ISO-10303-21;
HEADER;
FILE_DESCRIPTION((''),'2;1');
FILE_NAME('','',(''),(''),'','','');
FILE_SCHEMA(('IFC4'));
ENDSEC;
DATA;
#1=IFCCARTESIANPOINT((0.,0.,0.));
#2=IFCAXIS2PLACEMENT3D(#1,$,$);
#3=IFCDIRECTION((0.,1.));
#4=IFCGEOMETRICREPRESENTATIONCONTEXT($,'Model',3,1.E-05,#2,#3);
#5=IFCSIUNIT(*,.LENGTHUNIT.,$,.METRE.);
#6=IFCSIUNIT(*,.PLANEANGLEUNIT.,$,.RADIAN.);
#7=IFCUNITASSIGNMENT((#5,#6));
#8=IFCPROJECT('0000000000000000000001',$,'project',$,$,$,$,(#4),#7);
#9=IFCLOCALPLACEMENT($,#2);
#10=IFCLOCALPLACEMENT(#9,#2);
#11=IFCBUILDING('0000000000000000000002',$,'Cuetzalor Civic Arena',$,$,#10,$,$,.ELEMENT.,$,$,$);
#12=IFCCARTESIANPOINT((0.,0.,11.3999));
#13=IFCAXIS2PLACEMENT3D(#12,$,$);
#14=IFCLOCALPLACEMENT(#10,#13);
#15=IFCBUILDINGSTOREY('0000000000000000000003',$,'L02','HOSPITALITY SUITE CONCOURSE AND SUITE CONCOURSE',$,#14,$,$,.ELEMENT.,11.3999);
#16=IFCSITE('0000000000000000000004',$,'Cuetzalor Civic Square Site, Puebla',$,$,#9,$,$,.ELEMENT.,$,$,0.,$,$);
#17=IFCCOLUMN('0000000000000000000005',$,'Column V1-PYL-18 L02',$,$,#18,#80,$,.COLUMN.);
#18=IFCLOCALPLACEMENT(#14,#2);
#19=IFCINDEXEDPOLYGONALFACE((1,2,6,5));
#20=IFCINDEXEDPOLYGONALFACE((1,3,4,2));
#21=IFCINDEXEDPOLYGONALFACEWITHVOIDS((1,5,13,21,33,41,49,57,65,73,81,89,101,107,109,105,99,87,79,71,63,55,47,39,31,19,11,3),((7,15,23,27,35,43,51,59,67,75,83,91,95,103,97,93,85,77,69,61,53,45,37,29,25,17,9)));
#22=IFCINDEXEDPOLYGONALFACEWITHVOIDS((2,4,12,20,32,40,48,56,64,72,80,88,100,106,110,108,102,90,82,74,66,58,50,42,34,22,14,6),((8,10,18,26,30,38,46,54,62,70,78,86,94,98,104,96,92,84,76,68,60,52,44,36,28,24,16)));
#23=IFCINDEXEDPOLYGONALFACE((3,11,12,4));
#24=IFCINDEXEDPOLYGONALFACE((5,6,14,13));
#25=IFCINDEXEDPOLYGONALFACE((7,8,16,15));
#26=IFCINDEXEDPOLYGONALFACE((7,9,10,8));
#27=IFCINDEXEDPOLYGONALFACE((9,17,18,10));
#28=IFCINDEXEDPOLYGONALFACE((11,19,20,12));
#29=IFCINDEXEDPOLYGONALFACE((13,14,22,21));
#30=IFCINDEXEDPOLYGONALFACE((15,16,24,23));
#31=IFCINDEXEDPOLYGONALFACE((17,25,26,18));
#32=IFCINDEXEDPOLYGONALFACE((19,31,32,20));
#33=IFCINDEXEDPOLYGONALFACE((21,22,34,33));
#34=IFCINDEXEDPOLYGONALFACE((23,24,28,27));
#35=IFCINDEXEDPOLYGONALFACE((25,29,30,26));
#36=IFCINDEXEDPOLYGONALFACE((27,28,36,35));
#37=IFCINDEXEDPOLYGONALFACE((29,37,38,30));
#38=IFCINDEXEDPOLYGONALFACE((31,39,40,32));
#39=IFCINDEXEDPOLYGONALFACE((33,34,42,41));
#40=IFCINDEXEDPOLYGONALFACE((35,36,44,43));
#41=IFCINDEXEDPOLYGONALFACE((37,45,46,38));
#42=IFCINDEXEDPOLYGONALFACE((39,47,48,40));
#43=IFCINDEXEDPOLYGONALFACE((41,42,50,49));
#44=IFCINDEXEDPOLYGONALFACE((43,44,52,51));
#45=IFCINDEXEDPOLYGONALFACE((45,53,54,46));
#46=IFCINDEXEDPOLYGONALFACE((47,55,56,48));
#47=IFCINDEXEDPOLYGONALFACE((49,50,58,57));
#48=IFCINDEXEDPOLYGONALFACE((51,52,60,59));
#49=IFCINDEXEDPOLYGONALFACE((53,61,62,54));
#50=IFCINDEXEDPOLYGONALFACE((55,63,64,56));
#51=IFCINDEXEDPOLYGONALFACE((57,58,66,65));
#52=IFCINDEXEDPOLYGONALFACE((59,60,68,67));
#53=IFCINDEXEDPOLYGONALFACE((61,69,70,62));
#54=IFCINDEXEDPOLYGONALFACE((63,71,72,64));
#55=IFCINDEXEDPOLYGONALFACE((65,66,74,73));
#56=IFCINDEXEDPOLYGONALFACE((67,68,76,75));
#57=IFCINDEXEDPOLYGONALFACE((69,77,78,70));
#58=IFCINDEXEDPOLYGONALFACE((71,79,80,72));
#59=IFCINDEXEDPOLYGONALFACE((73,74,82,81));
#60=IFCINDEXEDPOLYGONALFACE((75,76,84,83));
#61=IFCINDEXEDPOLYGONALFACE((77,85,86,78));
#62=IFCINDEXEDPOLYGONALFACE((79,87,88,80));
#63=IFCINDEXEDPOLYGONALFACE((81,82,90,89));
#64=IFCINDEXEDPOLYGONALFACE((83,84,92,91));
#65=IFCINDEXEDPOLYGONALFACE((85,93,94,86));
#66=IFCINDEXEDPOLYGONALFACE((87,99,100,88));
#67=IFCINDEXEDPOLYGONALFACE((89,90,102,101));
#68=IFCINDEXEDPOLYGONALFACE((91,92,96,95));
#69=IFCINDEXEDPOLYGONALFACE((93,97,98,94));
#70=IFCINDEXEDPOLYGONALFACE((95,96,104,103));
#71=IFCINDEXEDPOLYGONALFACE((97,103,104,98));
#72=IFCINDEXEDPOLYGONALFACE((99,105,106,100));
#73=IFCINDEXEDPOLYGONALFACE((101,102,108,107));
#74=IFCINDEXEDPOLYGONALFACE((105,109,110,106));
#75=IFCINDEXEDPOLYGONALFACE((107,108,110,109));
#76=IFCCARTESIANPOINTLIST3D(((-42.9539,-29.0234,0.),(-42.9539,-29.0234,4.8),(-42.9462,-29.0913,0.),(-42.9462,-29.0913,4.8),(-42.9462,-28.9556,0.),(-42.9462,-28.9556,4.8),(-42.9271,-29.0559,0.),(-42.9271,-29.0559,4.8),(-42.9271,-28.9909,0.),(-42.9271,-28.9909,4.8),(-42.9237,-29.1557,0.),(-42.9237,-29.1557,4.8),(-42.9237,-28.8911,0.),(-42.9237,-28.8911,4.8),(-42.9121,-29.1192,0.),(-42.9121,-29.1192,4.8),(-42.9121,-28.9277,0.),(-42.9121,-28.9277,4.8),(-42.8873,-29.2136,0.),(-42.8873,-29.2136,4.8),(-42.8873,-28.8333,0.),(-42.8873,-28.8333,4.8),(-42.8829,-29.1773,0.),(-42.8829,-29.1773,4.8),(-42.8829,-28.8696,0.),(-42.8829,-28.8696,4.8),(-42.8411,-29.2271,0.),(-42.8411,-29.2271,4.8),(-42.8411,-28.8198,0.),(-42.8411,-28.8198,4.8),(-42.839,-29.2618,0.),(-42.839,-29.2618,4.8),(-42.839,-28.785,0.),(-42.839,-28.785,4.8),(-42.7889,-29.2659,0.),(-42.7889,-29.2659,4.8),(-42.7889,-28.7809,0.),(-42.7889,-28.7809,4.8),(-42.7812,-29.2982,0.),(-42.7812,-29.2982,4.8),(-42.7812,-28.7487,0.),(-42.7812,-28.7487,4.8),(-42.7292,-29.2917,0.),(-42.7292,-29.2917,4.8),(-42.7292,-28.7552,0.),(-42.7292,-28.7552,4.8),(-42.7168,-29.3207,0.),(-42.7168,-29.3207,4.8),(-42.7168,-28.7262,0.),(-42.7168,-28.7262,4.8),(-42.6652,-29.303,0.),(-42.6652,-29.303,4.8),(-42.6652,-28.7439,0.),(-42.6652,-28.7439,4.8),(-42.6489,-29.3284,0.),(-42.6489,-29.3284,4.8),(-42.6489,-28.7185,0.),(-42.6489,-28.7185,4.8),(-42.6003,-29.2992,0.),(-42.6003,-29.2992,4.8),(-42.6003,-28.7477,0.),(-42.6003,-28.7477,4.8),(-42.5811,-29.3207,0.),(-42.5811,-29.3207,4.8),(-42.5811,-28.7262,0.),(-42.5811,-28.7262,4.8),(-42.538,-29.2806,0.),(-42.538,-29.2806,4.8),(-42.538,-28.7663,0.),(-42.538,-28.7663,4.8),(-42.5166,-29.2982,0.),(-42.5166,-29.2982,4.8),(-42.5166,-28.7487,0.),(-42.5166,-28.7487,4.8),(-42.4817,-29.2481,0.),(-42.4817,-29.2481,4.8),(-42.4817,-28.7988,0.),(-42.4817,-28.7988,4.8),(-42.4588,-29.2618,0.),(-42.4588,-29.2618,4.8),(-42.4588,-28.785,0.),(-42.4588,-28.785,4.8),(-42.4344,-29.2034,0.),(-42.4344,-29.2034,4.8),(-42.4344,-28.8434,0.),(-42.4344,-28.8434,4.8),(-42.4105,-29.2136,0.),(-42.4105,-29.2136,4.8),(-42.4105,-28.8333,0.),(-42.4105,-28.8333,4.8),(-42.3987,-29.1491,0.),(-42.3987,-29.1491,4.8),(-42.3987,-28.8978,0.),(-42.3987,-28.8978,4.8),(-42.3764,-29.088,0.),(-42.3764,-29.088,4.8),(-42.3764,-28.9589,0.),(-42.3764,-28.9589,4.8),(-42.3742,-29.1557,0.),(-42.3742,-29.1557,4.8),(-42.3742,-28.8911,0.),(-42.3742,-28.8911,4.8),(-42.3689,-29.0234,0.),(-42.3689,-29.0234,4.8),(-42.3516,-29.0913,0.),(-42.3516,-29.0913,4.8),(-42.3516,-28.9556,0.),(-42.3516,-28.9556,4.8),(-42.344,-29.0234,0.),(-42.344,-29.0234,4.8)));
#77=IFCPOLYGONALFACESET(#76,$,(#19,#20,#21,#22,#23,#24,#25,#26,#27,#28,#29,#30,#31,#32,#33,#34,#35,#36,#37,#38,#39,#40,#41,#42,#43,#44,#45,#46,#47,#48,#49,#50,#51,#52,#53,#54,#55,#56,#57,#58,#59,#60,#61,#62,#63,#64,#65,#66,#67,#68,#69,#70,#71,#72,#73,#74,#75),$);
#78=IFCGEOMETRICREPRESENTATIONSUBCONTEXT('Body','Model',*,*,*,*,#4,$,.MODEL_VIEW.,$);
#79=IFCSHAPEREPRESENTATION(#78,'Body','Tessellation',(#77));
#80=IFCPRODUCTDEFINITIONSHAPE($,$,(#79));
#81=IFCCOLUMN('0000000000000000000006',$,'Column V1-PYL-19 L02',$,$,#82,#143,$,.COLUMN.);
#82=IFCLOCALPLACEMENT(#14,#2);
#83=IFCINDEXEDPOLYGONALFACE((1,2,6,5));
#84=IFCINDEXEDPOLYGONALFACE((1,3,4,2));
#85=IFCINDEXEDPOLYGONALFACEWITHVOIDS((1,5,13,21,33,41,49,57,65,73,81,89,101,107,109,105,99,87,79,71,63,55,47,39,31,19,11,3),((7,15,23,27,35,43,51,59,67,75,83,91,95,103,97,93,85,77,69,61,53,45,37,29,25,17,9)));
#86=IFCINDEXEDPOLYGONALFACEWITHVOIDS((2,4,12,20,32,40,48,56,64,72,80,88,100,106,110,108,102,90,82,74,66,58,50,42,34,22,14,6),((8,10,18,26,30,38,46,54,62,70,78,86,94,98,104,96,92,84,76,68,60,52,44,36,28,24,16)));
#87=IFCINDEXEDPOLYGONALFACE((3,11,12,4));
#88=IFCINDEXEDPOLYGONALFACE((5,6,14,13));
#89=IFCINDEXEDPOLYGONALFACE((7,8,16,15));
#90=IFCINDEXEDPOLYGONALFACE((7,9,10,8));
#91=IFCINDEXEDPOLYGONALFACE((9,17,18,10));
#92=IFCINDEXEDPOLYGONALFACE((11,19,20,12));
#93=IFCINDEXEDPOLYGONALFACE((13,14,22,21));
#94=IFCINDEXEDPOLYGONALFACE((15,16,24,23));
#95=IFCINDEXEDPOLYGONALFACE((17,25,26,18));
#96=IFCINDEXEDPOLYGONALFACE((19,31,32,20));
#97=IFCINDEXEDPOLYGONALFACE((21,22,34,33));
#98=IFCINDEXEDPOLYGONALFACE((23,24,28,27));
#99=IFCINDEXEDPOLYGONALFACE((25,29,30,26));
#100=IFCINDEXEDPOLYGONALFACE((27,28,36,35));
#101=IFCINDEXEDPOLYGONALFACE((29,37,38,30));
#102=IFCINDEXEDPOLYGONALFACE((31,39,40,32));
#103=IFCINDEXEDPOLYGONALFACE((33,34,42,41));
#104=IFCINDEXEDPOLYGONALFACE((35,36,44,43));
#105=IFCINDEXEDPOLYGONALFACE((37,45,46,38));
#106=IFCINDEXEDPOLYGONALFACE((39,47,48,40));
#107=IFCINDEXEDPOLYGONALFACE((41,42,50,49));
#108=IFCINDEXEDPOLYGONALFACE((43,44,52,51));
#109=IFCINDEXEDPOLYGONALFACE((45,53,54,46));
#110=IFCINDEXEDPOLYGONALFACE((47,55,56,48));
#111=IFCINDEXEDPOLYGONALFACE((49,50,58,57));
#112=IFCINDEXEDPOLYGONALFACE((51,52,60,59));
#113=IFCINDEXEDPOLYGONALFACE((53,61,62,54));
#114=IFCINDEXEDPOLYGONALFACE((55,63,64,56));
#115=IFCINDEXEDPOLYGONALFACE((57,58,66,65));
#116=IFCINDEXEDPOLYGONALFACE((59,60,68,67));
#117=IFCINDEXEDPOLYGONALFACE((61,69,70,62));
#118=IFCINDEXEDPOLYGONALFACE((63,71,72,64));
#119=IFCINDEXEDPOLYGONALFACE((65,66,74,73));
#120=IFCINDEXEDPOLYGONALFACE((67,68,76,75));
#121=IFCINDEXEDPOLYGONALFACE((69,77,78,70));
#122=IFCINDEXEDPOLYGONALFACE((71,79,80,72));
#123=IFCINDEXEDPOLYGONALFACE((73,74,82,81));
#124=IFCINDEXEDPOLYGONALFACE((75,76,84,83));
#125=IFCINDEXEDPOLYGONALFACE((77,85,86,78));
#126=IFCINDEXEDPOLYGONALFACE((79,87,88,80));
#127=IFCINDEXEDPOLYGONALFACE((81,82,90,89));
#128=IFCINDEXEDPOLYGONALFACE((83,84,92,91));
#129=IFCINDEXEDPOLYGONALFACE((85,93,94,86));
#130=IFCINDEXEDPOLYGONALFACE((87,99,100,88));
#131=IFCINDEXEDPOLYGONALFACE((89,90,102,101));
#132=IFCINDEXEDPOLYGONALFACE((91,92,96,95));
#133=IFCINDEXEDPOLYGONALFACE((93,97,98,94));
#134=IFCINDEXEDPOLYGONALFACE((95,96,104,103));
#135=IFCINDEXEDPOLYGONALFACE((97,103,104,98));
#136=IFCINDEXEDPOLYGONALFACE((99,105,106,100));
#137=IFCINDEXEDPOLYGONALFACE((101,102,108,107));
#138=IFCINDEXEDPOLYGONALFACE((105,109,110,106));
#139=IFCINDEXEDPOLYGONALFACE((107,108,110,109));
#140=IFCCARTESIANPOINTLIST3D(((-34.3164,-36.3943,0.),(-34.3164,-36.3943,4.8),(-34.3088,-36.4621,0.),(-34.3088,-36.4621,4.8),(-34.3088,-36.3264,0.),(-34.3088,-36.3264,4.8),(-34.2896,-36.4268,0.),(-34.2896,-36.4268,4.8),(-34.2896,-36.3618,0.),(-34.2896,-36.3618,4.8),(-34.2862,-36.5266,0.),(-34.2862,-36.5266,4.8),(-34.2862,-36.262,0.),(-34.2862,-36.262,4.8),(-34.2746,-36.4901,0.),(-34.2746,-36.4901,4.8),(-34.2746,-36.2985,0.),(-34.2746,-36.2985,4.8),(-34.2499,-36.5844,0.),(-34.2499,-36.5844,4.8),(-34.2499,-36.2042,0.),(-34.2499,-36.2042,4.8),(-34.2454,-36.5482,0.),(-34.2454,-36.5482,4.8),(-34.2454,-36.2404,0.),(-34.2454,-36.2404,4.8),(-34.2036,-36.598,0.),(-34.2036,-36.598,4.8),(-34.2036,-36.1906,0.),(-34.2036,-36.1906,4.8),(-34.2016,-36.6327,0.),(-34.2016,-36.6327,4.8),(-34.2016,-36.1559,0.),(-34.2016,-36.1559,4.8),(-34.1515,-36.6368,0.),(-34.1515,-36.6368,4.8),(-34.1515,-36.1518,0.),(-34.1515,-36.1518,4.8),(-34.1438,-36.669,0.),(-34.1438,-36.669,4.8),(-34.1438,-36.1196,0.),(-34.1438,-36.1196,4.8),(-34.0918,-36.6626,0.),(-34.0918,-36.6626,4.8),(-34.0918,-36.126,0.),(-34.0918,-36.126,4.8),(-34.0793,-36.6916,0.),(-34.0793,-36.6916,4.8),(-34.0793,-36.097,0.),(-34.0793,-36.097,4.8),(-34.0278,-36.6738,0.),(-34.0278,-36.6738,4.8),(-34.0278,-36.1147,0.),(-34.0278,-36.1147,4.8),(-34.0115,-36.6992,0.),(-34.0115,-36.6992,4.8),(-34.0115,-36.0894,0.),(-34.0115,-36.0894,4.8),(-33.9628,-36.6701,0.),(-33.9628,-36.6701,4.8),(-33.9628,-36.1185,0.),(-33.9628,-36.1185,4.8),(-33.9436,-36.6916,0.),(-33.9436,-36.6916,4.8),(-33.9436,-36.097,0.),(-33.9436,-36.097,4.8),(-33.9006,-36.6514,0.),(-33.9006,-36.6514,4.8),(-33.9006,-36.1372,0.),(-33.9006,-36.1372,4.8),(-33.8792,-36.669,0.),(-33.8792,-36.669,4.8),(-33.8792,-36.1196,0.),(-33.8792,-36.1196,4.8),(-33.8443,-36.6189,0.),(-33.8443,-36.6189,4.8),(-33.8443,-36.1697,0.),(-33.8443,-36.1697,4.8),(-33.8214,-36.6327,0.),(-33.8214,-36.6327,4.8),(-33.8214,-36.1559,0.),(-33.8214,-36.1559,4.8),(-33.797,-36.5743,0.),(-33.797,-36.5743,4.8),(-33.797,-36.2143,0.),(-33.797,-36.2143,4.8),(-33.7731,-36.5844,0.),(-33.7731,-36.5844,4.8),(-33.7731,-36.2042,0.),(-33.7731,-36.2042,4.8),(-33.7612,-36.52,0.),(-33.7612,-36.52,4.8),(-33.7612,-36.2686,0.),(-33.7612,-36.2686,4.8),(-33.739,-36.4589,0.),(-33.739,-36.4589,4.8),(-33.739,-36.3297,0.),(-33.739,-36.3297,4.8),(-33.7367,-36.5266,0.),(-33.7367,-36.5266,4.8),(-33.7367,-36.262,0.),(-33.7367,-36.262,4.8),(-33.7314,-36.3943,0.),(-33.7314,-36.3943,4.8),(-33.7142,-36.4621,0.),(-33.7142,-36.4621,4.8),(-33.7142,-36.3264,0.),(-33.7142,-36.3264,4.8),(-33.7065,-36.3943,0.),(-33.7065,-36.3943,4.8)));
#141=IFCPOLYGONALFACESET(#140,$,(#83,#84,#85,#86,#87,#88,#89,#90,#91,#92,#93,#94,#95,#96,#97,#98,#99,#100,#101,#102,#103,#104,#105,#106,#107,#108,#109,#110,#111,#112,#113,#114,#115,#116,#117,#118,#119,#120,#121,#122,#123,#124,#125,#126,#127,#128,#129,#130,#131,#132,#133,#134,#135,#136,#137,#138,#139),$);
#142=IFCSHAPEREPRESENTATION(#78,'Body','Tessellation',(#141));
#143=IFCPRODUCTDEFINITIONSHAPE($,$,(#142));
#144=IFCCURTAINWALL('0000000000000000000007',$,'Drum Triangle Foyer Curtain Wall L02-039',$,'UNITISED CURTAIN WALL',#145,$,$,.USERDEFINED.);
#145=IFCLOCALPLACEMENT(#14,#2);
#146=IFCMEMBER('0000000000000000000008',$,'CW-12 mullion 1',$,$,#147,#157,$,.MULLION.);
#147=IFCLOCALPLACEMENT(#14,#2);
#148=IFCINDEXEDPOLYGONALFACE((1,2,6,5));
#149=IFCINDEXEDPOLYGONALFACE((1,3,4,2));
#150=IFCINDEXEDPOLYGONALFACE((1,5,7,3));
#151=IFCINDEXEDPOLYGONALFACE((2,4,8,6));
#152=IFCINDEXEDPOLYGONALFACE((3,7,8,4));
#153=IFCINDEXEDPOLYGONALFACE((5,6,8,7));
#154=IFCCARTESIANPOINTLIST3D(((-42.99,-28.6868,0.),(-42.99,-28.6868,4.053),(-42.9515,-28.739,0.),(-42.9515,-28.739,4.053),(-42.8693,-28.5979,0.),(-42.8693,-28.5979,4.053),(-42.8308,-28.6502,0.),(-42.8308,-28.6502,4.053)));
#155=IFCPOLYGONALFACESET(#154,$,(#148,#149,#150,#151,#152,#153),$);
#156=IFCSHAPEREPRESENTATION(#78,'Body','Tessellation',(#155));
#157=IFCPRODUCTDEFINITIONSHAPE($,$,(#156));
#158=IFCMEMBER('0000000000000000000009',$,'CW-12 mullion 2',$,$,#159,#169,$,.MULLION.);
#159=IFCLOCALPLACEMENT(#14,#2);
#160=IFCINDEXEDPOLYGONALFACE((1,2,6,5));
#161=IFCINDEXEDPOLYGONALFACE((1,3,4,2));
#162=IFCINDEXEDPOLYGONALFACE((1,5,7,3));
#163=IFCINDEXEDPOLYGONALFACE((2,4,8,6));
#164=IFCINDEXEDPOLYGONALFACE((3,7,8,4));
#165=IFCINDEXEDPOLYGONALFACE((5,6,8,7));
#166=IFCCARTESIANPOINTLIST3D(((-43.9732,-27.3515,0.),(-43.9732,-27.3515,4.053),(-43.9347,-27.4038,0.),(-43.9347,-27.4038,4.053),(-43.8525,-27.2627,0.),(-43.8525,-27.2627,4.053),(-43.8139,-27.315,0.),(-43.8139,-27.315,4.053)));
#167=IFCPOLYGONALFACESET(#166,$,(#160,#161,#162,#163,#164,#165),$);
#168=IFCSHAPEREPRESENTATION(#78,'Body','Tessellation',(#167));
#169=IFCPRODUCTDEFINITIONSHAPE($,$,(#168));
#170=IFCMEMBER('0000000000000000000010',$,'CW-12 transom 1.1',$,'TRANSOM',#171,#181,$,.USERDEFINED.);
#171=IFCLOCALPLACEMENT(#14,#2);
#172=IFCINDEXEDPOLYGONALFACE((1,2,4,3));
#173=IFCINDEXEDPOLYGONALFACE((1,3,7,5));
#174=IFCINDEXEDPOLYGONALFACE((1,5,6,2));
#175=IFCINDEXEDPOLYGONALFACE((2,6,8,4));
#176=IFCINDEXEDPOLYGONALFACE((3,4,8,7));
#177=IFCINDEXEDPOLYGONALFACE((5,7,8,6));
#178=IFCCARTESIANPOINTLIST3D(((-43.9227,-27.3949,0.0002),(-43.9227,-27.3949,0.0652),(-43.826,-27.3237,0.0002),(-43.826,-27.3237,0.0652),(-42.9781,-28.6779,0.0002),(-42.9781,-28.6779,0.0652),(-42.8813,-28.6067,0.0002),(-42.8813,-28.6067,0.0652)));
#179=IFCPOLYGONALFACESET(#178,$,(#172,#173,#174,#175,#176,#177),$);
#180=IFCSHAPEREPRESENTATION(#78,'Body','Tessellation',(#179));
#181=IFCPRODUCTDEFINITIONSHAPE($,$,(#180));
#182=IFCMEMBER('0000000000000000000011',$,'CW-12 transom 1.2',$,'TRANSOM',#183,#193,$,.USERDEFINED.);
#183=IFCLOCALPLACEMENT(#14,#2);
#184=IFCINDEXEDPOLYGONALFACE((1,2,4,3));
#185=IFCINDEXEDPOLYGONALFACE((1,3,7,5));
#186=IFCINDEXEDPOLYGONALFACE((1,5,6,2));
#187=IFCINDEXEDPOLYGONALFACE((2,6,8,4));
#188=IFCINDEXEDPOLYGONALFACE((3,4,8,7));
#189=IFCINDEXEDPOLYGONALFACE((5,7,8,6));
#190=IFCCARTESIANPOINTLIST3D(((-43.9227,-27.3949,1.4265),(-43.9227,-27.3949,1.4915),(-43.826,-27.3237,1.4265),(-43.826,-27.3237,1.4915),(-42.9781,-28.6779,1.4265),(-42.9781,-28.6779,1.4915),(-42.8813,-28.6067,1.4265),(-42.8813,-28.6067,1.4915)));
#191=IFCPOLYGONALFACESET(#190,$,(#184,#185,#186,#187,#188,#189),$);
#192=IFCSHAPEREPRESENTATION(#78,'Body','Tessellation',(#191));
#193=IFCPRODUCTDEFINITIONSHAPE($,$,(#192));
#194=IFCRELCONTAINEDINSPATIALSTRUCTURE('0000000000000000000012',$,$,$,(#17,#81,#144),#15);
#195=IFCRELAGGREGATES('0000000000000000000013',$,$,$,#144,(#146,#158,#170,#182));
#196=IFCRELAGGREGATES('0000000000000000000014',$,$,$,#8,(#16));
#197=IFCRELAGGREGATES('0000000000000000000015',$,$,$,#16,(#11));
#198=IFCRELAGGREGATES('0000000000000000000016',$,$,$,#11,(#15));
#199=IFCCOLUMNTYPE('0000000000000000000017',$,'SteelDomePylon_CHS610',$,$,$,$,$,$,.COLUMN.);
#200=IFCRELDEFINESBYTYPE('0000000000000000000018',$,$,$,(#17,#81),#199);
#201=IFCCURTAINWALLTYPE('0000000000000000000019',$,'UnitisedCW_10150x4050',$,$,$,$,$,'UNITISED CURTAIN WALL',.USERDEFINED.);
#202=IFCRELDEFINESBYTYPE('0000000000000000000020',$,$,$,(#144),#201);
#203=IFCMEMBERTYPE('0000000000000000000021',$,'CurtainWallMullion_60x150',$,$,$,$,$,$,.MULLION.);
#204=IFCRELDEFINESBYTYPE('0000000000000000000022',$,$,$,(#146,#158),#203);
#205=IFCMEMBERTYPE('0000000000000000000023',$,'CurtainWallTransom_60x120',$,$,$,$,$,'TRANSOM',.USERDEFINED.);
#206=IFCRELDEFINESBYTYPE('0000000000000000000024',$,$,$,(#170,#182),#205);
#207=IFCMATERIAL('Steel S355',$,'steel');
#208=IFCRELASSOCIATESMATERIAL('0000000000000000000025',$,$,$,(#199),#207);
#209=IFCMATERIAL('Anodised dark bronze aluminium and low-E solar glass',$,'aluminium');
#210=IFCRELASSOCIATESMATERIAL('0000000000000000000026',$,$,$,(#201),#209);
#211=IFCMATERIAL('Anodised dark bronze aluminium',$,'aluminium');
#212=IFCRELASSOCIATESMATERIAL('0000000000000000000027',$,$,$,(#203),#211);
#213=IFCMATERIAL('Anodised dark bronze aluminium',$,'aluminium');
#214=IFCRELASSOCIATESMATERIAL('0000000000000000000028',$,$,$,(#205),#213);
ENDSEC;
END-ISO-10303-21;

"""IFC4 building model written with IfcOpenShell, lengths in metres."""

from ifc_helpers import new_model, si_unit, direction, frame, origin, origin_2d, place, context, subcontext, project, spatial, rectangle, hollow_circle, extrude, material, material_profile, profile_set, type_object, element, aggregate, save


model = new_model("IFC4")

# Units and contexts
model_context = context("Model", 3, precision=1e-05, world=origin(), true_north=direction((0.0, 1.0)))
body_context = subcontext(model_context, "Body", "Model", "MODEL_VIEW")
ifc_project = project(units=[si_unit("LENGTHUNIT", "METRE"), si_unit("PLANEANGLEUNIT", "RADIAN")], contexts=[model_context])

# Site, building, storey
site_placement = place(None, origin())
site = spatial("IfcSite", under=ifc_project, at=site_placement, Name="Cuetzalor Civic Square Site, Puebla", CompositionType="ELEMENT", RefElevation=0.0)
building_placement = place(site_placement, origin())
building = spatial("IfcBuilding", under=site, at=building_placement, Name="Cuetzalor Civic Arena", CompositionType="ELEMENT")
storey_placement = place(building_placement, frame((0.0, 0.0, 11.3999)))
storey = spatial("IfcBuildingStorey", under=building, at=storey_placement, Name="L02", Description="HOSPITALITY SUITE CONCOURSE AND SUITE CONCOURSE", CompositionType="ELEMENT", Elevation=11.3999)

# Columns
ifc_material_1 = material(Name="Steel S355", Category="steel")
ifc_material_profile_1 = material_profile(ifc_material_1, hollow_circle(Radius=0.3049, WallThickness=0.0249, at=origin_2d()), Name="CHS 610x25")
ifc_profile_set_1 = profile_set([ifc_material_profile_1], Name="Steel S355")
column_type = type_object("IfcColumnType", Name="SteelDomePylon_CHS610", PredefinedType="COLUMN", material=ifc_profile_set_1)
for number, where, z_axis, x_axis, name in (
    (1, (-42.6489, -29.0234, 0.0), (0.0, 0.0, 1.0), (1.0, 0.0, 0.0), "Column V1-PYL-18 L02"),
    (2, (-34.0115, -36.3943, 0.0), (0.0, 0.0, 1.0), (1.0, 0.0, 0.0), "Column V1-PYL-19 L02"),
):
    element("IfcColumn", number, at=place(storey_placement, frame(where, z_axis=z_axis, x_axis=x_axis)), inside=storey, type_object=column_type, Name=name, PredefinedType="COLUMN", context=body_context, shape_type="SweptSolid", body=[
        extrude(hollow_circle(Radius=0.3049, WallThickness=0.0249, at=origin_2d()), origin(), (0.0, 0.0, 1.0), 4.8),
    ])

# Curtain wall, members
ifc_material_2 = material(Name="Anodised dark bronze aluminium and low-E solar glass", Category="aluminium")
curtain_wall_type = type_object("IfcCurtainWallType", Name="UnitisedCW_10150x4050", ElementType="UNITISED CURTAIN WALL", PredefinedType="USERDEFINED", material=ifc_material_2)
curtain_wall_placement = place(storey_placement, origin())
curtain_wall = element("IfcCurtainWall", 3, at=curtain_wall_placement, inside=storey, type_object=curtain_wall_type, Name="Drum Triangle Foyer Curtain Wall L02-039", ObjectType="UNITISED CURTAIN WALL", PredefinedType="USERDEFINED")
ifc_material_3 = material(Name="Anodised dark bronze aluminium", Category="aluminium")
ifc_material_profile_2 = material_profile(ifc_material_3, rectangle(XDim=0.0649, YDim=0.1499, at=origin_2d()), Name="ALU MULLION 65x150")
ifc_profile_set_2 = profile_set([ifc_material_profile_2], Name="Anodised dark bronze aluminium")
member_type_1 = type_object("IfcMemberType", Name="CurtainWallMullion_60x150", PredefinedType="MULLION", material=ifc_profile_set_2)
member_1_placement = place(storey_placement, frame((-42.9104, -28.6685, 0.0), z_axis=(0.0, 0.0, 1.0), x_axis=(-0.592929, 0.805255, 0.0)))
member_1 = element("IfcMember", 4, at=member_1_placement, type_object=member_type_1, Name="CW-12 mullion 1", PredefinedType="MULLION", context=body_context, shape_type="SweptSolid", body=[
    extrude(rectangle(XDim=0.0649, YDim=0.1499, at=origin_2d()), origin(), (0.0, 0.0, 1.0), 4.053),
])
member_2_placement = place(storey_placement, frame((-43.8936, -27.3333, 0.0), z_axis=(0.0, 0.0, 1.0), x_axis=(-0.592929, 0.805255, 0.0)))
member_2 = element("IfcMember", 5, at=member_2_placement, type_object=member_type_1, Name="CW-12 mullion 2", PredefinedType="MULLION", context=body_context, shape_type="SweptSolid", body=[
    extrude(rectangle(XDim=0.0649, YDim=0.1499, at=origin_2d()), origin(), (0.0, 0.0, 1.0), 4.053),
])
ifc_material_4 = material(Name="Anodised dark bronze aluminium", Category="aluminium")
ifc_material_profile_3 = material_profile(ifc_material_4, rectangle(XDim=0.1201, YDim=0.0649, at=origin_2d()), Name="ALU TRANSOM 65x120")
ifc_profile_set_3 = profile_set([ifc_material_profile_3], Name="Anodised dark bronze aluminium")
member_type_2 = type_object("IfcMemberType", Name="CurtainWallTransom_60x120", ElementType="TRANSOM", PredefinedType="USERDEFINED", material=ifc_profile_set_3)
member_3_placement = place(storey_placement, frame((-42.9297, -28.6423, 0.0327), z_axis=(-0.592891, 0.805283, 0.0), x_axis=(-0.805283, -0.592891, 0.0)))
member_3 = element("IfcMember", 6, at=member_3_placement, type_object=member_type_2, Name="CW-12 transom 1.1", ObjectType="TRANSOM", PredefinedType="USERDEFINED", context=body_context, shape_type="SweptSolid", body=[
    extrude(rectangle(XDim=0.1201, YDim=0.0649, at=origin_2d()), origin(), (0.0, 0.0, 1.0), 1.5933),
])
member_4_placement = place(storey_placement, frame((-42.9297, -28.6423, 1.459), z_axis=(-0.592891, 0.805283, 0.0), x_axis=(-0.805283, -0.592891, 0.0)))
member_4 = element("IfcMember", 7, at=member_4_placement, type_object=member_type_2, Name="CW-12 transom 1.2", ObjectType="TRANSOM", PredefinedType="USERDEFINED", context=body_context, shape_type="SweptSolid", body=[
    extrude(rectangle(XDim=0.1201, YDim=0.0649, at=origin_2d()), origin(), (0.0, 0.0, 1.0), 1.5933),
])

aggregate(curtain_wall, [member_1, member_2, member_3, member_4])

save(model, "model.ifc")
